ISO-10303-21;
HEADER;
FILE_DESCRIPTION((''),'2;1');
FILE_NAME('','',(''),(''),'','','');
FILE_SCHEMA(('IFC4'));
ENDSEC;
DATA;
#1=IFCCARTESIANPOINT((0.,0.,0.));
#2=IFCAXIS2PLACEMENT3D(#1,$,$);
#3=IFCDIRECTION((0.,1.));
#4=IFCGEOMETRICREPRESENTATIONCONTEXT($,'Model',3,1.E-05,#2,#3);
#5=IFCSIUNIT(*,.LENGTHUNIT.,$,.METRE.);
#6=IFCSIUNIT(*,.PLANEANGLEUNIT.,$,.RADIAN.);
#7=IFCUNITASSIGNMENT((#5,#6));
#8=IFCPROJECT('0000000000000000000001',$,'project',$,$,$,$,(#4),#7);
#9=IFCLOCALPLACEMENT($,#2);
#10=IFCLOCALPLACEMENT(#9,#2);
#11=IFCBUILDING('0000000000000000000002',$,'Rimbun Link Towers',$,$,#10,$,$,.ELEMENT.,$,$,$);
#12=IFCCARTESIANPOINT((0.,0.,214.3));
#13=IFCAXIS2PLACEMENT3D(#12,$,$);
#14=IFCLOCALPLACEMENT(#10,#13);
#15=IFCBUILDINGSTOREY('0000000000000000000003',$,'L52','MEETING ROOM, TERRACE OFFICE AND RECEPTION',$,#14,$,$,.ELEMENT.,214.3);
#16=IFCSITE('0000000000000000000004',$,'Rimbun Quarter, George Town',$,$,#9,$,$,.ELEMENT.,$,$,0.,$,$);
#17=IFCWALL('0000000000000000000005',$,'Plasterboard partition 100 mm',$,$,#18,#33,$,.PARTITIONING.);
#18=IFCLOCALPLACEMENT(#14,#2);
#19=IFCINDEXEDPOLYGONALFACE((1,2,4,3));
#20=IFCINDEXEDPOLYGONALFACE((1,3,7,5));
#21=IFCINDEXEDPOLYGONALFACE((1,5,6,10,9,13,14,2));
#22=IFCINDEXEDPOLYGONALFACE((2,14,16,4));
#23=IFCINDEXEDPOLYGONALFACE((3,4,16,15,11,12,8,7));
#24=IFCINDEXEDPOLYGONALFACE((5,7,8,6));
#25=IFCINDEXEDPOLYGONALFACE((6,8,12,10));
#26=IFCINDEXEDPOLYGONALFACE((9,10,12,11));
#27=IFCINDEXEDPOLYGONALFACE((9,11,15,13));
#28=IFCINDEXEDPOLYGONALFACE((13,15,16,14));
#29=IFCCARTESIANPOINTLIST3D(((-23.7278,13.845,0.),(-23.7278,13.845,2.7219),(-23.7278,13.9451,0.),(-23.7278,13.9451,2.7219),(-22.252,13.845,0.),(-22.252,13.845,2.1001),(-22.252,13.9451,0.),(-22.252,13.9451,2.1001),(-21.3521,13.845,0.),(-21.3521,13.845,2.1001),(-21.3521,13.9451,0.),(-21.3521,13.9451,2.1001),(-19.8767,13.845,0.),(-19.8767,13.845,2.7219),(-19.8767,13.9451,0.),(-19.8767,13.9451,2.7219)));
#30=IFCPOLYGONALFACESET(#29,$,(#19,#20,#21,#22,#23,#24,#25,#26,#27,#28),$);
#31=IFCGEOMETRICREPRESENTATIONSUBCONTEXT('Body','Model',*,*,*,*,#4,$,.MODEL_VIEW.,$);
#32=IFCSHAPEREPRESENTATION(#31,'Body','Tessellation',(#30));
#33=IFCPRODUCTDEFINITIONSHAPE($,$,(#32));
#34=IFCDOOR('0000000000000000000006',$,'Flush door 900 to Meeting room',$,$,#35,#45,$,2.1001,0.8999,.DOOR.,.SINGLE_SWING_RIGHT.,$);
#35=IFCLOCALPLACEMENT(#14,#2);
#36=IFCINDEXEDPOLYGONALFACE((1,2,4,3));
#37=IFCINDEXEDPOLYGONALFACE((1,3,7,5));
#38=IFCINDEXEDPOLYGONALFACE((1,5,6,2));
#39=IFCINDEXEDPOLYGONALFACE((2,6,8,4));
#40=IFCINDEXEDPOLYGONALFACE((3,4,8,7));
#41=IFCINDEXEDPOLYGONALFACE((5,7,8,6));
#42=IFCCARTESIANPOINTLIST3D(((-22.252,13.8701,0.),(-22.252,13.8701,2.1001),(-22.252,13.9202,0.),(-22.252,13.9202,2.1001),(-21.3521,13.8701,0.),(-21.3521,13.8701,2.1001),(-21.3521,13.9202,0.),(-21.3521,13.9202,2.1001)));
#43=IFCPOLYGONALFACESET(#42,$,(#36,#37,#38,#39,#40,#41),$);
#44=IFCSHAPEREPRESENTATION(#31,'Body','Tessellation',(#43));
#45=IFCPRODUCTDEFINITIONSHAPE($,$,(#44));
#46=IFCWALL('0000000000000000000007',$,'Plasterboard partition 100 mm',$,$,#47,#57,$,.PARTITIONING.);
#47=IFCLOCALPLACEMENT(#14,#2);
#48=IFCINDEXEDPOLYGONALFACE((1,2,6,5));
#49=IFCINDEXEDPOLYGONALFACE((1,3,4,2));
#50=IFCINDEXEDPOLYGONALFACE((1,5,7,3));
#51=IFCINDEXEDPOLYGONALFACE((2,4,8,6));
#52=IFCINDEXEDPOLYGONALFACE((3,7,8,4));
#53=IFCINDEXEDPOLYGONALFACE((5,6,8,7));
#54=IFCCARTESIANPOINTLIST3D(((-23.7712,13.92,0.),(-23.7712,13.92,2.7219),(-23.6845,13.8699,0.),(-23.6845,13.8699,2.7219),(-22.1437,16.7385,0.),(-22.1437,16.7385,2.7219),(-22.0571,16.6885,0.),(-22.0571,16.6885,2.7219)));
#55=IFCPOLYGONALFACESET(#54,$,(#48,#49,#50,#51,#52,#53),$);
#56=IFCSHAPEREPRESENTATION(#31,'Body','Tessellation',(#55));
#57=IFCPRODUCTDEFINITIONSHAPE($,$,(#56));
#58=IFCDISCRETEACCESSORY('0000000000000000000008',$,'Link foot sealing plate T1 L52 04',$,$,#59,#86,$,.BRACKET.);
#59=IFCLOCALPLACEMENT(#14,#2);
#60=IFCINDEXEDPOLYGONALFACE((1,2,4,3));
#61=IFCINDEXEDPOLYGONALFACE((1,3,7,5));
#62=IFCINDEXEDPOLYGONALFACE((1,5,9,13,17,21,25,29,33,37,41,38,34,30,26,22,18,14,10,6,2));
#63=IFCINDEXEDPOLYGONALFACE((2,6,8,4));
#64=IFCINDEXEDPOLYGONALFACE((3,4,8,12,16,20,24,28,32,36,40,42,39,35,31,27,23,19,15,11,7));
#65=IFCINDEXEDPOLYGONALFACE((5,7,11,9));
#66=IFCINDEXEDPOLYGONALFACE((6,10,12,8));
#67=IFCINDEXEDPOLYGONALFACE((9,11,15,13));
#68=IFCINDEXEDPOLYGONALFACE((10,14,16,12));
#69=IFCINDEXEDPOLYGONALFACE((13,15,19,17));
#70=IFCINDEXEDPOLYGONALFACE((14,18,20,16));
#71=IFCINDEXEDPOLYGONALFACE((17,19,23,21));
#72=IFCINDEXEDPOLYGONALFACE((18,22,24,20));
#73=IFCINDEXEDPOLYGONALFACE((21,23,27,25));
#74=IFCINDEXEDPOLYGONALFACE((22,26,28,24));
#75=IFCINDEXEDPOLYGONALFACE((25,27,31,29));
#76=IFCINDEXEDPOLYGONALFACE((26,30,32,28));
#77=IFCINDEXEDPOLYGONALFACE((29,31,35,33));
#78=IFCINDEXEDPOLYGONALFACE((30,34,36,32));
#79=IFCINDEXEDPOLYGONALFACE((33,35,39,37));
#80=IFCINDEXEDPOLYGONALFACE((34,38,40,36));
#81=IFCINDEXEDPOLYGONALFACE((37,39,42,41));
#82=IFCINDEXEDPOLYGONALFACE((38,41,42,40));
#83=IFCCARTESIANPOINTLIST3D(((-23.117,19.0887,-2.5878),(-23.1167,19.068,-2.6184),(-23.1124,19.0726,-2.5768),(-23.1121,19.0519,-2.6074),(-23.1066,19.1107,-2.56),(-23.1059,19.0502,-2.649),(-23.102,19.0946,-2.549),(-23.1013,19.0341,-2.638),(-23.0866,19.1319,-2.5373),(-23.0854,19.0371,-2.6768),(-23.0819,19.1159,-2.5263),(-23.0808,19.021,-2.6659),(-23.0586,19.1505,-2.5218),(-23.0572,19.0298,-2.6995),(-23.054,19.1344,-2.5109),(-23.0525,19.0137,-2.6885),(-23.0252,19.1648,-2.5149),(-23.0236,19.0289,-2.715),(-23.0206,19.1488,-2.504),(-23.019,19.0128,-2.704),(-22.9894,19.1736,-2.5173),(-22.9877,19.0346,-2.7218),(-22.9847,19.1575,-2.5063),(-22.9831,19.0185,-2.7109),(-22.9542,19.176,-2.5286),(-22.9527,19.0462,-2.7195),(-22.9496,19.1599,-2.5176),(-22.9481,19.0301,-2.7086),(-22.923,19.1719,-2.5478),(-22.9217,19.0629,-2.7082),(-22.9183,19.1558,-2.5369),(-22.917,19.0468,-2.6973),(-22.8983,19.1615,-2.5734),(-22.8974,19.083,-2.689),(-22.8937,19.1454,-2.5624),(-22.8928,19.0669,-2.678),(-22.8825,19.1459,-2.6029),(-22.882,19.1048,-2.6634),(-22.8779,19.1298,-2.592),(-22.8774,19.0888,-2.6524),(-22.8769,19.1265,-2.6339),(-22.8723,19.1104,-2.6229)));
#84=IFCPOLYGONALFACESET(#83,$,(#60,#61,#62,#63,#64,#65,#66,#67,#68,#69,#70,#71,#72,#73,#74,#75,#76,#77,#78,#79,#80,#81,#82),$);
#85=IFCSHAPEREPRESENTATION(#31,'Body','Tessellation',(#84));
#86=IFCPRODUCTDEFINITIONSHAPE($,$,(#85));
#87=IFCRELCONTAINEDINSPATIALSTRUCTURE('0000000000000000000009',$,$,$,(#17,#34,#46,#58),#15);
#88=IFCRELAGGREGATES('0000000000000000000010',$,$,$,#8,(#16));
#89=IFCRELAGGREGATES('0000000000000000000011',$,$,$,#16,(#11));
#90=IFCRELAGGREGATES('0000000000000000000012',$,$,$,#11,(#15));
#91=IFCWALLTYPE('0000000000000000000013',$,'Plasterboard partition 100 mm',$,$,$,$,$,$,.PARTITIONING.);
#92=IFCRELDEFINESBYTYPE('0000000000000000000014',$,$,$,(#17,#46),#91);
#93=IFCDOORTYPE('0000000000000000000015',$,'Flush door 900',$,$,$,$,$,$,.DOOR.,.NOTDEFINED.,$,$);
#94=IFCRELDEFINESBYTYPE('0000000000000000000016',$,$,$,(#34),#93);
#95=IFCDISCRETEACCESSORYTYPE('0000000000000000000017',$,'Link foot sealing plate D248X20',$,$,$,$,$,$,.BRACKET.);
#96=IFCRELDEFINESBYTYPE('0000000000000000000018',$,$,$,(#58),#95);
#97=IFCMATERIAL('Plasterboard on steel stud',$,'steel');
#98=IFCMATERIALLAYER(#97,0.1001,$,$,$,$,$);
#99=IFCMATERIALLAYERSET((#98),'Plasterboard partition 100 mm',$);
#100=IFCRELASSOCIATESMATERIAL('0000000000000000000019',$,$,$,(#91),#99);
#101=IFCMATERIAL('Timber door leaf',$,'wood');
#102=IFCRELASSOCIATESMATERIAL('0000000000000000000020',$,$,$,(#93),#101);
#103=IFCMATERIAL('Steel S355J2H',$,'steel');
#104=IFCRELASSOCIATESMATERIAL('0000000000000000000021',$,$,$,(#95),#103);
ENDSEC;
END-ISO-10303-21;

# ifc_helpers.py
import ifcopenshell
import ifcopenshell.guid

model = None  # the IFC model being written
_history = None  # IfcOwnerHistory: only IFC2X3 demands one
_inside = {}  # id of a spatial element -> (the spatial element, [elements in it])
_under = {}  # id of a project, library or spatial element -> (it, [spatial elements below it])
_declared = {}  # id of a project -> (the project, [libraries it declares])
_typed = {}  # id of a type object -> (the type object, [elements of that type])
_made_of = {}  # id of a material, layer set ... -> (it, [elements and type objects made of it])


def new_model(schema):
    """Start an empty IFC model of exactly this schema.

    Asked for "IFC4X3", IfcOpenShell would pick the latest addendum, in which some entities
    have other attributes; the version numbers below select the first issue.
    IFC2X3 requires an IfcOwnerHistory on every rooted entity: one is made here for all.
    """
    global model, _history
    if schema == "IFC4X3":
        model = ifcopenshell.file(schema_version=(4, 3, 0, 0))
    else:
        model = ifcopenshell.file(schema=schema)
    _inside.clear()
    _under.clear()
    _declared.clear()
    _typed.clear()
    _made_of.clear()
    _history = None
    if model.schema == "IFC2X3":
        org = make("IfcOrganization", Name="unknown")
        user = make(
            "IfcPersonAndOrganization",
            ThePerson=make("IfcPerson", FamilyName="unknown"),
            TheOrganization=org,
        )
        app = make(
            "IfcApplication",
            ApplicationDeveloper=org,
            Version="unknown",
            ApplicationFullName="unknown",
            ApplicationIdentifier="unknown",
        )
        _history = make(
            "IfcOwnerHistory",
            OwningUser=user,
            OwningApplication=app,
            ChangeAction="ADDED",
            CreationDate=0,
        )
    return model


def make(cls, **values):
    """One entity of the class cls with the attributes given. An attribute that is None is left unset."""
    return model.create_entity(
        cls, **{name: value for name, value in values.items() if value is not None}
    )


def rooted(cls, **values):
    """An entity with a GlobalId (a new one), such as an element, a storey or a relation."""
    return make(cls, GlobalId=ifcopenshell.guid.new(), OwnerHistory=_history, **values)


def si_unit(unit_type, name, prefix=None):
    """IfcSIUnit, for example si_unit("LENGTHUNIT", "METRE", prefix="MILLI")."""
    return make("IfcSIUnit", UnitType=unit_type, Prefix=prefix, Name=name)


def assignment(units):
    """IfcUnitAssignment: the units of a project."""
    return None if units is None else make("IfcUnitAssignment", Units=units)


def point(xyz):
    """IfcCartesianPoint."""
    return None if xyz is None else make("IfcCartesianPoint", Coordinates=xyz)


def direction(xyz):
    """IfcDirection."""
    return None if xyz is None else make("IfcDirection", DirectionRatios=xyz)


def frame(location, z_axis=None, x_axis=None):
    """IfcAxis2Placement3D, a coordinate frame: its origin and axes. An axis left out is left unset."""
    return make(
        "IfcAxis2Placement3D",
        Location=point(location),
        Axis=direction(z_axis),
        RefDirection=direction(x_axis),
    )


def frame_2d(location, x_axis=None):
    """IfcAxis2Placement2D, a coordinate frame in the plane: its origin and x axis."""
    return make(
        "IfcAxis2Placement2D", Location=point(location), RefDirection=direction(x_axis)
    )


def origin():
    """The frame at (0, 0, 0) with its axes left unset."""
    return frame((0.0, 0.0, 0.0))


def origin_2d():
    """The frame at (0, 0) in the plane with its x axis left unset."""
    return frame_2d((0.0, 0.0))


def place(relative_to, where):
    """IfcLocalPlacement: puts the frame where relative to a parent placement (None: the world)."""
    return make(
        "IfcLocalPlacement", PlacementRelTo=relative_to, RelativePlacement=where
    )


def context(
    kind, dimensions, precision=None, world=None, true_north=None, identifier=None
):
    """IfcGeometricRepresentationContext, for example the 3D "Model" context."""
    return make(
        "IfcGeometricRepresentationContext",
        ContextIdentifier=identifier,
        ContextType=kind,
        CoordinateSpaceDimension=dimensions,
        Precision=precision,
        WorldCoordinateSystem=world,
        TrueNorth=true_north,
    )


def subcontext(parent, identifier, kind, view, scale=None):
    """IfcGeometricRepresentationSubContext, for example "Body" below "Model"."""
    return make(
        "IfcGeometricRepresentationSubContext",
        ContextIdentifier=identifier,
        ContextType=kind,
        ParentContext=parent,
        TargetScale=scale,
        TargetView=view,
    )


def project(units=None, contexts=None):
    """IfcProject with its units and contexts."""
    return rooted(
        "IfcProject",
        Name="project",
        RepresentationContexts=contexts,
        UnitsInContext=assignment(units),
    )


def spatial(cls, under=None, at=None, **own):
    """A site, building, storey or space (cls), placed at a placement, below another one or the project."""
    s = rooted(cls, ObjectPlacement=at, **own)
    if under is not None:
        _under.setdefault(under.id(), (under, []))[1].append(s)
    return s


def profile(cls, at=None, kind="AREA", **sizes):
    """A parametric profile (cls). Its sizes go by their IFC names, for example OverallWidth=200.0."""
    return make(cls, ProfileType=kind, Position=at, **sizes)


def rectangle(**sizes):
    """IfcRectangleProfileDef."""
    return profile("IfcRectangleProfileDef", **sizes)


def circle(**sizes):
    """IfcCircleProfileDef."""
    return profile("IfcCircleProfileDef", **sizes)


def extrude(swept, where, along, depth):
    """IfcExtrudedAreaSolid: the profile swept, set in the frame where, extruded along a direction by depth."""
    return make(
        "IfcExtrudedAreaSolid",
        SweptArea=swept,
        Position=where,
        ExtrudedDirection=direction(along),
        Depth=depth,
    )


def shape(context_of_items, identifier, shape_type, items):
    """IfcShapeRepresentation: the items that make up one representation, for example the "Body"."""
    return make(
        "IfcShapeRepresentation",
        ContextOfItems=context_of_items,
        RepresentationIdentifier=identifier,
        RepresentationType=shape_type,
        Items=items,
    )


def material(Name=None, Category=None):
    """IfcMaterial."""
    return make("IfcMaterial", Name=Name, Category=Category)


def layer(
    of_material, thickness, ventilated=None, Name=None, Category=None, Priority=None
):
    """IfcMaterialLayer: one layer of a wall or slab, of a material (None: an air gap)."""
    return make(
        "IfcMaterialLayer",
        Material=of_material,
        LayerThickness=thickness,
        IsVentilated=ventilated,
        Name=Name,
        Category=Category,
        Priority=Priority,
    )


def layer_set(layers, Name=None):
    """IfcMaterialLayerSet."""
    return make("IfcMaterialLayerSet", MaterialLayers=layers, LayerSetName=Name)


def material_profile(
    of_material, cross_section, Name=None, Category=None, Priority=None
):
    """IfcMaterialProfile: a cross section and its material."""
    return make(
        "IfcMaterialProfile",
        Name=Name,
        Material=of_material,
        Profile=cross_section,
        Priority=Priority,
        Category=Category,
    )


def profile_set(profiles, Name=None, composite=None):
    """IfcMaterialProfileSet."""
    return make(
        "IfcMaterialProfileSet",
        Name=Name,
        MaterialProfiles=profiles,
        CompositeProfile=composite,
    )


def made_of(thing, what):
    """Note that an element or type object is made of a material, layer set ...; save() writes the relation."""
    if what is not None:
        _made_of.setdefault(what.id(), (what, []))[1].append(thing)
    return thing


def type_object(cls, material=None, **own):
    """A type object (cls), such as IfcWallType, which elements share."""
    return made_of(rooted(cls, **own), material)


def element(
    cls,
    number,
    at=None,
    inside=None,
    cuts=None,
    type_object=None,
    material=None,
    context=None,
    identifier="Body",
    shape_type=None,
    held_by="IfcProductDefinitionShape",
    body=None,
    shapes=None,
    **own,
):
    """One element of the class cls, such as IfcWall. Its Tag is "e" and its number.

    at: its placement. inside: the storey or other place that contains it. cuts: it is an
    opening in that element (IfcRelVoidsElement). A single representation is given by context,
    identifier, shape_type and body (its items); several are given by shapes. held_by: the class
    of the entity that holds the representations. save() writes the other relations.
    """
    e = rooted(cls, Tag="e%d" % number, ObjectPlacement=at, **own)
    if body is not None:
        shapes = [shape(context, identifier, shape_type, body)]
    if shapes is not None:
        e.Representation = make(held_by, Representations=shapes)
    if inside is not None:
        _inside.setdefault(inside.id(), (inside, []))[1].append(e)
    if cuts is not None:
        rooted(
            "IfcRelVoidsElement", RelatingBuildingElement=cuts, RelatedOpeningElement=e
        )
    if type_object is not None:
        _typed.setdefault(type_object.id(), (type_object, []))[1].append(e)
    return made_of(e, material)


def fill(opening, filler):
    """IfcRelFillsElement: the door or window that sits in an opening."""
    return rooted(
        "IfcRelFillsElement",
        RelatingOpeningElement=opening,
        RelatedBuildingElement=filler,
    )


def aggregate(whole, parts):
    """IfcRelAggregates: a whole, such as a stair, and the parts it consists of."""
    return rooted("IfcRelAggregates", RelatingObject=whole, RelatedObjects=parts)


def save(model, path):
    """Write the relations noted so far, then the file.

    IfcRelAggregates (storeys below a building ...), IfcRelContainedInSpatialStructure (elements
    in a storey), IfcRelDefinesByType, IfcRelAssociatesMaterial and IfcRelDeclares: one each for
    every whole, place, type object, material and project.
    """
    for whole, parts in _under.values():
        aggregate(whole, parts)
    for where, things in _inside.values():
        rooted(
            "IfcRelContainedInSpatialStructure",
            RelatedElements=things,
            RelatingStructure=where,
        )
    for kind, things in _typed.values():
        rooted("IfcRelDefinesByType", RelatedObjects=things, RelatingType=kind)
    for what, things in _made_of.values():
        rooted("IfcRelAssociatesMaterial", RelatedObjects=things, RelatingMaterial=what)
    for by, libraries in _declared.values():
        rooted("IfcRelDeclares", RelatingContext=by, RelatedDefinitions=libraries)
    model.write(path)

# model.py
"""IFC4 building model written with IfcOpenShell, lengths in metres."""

from ifc_helpers import new_model, si_unit, direction, frame, frame_2d, origin, origin_2d, place, context, subcontext, project, spatial, rectangle, circle, extrude, material, layer, layer_set, material_profile, profile_set, type_object, element, fill, save


model = new_model("IFC4")

# Units and contexts
model_context = context("Model", 3, precision=1e-05, world=origin(), true_north=direction((0.0, 1.0)))
body_context = subcontext(model_context, "Body", "Model", "MODEL_VIEW")
ifc_project = project(units=[si_unit("LENGTHUNIT", "METRE"), si_unit("PLANEANGLEUNIT", "RADIAN")], contexts=[model_context])

# Site, building, storey
site_placement = place(None, origin())
site = spatial("IfcSite", under=ifc_project, at=site_placement, Name="Rimbun Quarter, George Town", CompositionType="ELEMENT", RefElevation=0.0)
building_placement = place(site_placement, origin())
building = spatial("IfcBuilding", under=site, at=building_placement, Name="Rimbun Link Towers", CompositionType="ELEMENT")
storey_placement = place(building_placement, frame((0.0, 0.0, 214.3)))
storey = spatial("IfcBuildingStorey", under=building, at=storey_placement, Name="L52", Description="MEETING ROOM, TERRACE OFFICE AND RECEPTION", CompositionType="ELEMENT", Elevation=214.3)

# Shared definitions
ifc_material_1 = material(Name="Plasterboard on steel stud", Category="steel")
ifc_layer_1 = layer(ifc_material_1, 0.1001)
ifc_layer_set_1 = layer_set([ifc_layer_1], Name="Plasterboard partition 100 mm")
wall_type = type_object("IfcWallType", Name="Plasterboard partition 100 mm", PredefinedType="PARTITIONING", material=ifc_layer_set_1)

# Wall, opening, door
wall_1_placement = place(storey_placement, frame((-19.8767, 13.895, 0.0), z_axis=(0.0, 0.0, 1.0), x_axis=(-1.0, 0.0, 0.0)))
wall_1 = element("IfcWall", 1, at=wall_1_placement, inside=storey, type_object=wall_type, Name="Plasterboard partition 100 mm", PredefinedType="PARTITIONING", context=body_context, shape_type="SweptSolid", body=[
    extrude(rectangle(XDim=3.8511, YDim=0.1001, at=frame_2d((1.9255, 0.0))), origin(), (0.0, 0.0, 1.0), 2.7219),
])
opening_1_placement = place(wall_1_placement, frame((1.4753, 0.0, 0.0)))
opening_1 = element("IfcOpeningElement", 2, at=opening_1_placement, cuts=wall_1, PredefinedType="OPENING", context=body_context, shape_type="SweptSolid", body=[
    extrude(rectangle(XDim=0.8999, YDim=2.1001, at=frame_2d((0.45, 1.05))), frame((0.0, 0.0601, 0.0), z_axis=(0.0, -1.0, 0.0), x_axis=(1.0, 0.0, 0.0)), (0.0, 0.0, 1.0), 0.1201),
])
ifc_material_2 = material(Name="Timber door leaf", Category="wood")
door_type_1 = type_object("IfcDoorType", Name="Flush door 900", OperationType="NOTDEFINED", PredefinedType="DOOR", material=ifc_material_2)
door_1_placement = place(opening_1_placement, origin())
door_1 = element("IfcDoor", 3, at=door_1_placement, inside=storey, type_object=door_type_1, Name="Flush door 900 to Meeting room", OperationType="SINGLE_SWING_RIGHT", OverallHeight=2.1001, OverallWidth=0.8999, PredefinedType="DOOR", context=body_context, shape_type="SweptSolid", body=[
    extrude(rectangle(XDim=0.8999, YDim=2.1001, at=frame_2d((0.45, 1.05))), frame((0.0, 0.0249, 0.0), z_axis=(0.0, -1.0, 0.0), x_axis=(1.0, 0.0, 0.0)), (0.0, 0.0, 1.0), 0.05),
])
fill(opening_1, door_1)

# Wall
wall_2_placement = place(storey_placement, frame((-22.1003, 16.7136, 0.0), z_axis=(0.0, 0.0, 1.0), x_axis=(-0.500028, -0.866009, 0.0)))
element("IfcWall", 4, at=wall_2_placement, inside=storey, type_object=wall_type, Name="Plasterboard partition 100 mm", PredefinedType="PARTITIONING", context=body_context, shape_type="SweptSolid", body=[
    extrude(rectangle(XDim=3.2546, YDim=0.1001, at=frame_2d((1.6274, 0.0))), origin(), (0.0, 0.0, 1.0), 2.7219),
])

# Discrete accessory
ifc_material_3 = material(Name="Steel S355J2H", Category="steel")
ifc_material_profile_1 = material_profile(ifc_material_3, circle(Radius=0.124, at=origin_2d()), Name="PL D248")
ifc_profile_set_1 = profile_set([ifc_material_profile_1], Name="Steel S355J2H")
discrete_accessory_type = type_object("IfcDiscreteAccessoryType", Name="Link foot sealing plate D248X20", PredefinedType="BRACKET", material=ifc_profile_set_1)
discrete_accessory_placement = place(storey_placement, frame((-22.9929, 19.0862, -2.6074), z_axis=(-0.231398, 0.803803, -0.548047), x_axis=(-0.960973, -0.276644, 0.0)))
element("IfcDiscreteAccessory", 5, at=discrete_accessory_placement, inside=storey, type_object=discrete_accessory_type, Name="Link foot sealing plate T1 L52 04", PredefinedType="BRACKET", context=body_context, shape_type="SweptSolid", body=[
    extrude(circle(Radius=0.124, at=origin_2d()), origin(), (0.0, 0.0, 1.0), 0.02),
])

save(model, "model.ifc")
